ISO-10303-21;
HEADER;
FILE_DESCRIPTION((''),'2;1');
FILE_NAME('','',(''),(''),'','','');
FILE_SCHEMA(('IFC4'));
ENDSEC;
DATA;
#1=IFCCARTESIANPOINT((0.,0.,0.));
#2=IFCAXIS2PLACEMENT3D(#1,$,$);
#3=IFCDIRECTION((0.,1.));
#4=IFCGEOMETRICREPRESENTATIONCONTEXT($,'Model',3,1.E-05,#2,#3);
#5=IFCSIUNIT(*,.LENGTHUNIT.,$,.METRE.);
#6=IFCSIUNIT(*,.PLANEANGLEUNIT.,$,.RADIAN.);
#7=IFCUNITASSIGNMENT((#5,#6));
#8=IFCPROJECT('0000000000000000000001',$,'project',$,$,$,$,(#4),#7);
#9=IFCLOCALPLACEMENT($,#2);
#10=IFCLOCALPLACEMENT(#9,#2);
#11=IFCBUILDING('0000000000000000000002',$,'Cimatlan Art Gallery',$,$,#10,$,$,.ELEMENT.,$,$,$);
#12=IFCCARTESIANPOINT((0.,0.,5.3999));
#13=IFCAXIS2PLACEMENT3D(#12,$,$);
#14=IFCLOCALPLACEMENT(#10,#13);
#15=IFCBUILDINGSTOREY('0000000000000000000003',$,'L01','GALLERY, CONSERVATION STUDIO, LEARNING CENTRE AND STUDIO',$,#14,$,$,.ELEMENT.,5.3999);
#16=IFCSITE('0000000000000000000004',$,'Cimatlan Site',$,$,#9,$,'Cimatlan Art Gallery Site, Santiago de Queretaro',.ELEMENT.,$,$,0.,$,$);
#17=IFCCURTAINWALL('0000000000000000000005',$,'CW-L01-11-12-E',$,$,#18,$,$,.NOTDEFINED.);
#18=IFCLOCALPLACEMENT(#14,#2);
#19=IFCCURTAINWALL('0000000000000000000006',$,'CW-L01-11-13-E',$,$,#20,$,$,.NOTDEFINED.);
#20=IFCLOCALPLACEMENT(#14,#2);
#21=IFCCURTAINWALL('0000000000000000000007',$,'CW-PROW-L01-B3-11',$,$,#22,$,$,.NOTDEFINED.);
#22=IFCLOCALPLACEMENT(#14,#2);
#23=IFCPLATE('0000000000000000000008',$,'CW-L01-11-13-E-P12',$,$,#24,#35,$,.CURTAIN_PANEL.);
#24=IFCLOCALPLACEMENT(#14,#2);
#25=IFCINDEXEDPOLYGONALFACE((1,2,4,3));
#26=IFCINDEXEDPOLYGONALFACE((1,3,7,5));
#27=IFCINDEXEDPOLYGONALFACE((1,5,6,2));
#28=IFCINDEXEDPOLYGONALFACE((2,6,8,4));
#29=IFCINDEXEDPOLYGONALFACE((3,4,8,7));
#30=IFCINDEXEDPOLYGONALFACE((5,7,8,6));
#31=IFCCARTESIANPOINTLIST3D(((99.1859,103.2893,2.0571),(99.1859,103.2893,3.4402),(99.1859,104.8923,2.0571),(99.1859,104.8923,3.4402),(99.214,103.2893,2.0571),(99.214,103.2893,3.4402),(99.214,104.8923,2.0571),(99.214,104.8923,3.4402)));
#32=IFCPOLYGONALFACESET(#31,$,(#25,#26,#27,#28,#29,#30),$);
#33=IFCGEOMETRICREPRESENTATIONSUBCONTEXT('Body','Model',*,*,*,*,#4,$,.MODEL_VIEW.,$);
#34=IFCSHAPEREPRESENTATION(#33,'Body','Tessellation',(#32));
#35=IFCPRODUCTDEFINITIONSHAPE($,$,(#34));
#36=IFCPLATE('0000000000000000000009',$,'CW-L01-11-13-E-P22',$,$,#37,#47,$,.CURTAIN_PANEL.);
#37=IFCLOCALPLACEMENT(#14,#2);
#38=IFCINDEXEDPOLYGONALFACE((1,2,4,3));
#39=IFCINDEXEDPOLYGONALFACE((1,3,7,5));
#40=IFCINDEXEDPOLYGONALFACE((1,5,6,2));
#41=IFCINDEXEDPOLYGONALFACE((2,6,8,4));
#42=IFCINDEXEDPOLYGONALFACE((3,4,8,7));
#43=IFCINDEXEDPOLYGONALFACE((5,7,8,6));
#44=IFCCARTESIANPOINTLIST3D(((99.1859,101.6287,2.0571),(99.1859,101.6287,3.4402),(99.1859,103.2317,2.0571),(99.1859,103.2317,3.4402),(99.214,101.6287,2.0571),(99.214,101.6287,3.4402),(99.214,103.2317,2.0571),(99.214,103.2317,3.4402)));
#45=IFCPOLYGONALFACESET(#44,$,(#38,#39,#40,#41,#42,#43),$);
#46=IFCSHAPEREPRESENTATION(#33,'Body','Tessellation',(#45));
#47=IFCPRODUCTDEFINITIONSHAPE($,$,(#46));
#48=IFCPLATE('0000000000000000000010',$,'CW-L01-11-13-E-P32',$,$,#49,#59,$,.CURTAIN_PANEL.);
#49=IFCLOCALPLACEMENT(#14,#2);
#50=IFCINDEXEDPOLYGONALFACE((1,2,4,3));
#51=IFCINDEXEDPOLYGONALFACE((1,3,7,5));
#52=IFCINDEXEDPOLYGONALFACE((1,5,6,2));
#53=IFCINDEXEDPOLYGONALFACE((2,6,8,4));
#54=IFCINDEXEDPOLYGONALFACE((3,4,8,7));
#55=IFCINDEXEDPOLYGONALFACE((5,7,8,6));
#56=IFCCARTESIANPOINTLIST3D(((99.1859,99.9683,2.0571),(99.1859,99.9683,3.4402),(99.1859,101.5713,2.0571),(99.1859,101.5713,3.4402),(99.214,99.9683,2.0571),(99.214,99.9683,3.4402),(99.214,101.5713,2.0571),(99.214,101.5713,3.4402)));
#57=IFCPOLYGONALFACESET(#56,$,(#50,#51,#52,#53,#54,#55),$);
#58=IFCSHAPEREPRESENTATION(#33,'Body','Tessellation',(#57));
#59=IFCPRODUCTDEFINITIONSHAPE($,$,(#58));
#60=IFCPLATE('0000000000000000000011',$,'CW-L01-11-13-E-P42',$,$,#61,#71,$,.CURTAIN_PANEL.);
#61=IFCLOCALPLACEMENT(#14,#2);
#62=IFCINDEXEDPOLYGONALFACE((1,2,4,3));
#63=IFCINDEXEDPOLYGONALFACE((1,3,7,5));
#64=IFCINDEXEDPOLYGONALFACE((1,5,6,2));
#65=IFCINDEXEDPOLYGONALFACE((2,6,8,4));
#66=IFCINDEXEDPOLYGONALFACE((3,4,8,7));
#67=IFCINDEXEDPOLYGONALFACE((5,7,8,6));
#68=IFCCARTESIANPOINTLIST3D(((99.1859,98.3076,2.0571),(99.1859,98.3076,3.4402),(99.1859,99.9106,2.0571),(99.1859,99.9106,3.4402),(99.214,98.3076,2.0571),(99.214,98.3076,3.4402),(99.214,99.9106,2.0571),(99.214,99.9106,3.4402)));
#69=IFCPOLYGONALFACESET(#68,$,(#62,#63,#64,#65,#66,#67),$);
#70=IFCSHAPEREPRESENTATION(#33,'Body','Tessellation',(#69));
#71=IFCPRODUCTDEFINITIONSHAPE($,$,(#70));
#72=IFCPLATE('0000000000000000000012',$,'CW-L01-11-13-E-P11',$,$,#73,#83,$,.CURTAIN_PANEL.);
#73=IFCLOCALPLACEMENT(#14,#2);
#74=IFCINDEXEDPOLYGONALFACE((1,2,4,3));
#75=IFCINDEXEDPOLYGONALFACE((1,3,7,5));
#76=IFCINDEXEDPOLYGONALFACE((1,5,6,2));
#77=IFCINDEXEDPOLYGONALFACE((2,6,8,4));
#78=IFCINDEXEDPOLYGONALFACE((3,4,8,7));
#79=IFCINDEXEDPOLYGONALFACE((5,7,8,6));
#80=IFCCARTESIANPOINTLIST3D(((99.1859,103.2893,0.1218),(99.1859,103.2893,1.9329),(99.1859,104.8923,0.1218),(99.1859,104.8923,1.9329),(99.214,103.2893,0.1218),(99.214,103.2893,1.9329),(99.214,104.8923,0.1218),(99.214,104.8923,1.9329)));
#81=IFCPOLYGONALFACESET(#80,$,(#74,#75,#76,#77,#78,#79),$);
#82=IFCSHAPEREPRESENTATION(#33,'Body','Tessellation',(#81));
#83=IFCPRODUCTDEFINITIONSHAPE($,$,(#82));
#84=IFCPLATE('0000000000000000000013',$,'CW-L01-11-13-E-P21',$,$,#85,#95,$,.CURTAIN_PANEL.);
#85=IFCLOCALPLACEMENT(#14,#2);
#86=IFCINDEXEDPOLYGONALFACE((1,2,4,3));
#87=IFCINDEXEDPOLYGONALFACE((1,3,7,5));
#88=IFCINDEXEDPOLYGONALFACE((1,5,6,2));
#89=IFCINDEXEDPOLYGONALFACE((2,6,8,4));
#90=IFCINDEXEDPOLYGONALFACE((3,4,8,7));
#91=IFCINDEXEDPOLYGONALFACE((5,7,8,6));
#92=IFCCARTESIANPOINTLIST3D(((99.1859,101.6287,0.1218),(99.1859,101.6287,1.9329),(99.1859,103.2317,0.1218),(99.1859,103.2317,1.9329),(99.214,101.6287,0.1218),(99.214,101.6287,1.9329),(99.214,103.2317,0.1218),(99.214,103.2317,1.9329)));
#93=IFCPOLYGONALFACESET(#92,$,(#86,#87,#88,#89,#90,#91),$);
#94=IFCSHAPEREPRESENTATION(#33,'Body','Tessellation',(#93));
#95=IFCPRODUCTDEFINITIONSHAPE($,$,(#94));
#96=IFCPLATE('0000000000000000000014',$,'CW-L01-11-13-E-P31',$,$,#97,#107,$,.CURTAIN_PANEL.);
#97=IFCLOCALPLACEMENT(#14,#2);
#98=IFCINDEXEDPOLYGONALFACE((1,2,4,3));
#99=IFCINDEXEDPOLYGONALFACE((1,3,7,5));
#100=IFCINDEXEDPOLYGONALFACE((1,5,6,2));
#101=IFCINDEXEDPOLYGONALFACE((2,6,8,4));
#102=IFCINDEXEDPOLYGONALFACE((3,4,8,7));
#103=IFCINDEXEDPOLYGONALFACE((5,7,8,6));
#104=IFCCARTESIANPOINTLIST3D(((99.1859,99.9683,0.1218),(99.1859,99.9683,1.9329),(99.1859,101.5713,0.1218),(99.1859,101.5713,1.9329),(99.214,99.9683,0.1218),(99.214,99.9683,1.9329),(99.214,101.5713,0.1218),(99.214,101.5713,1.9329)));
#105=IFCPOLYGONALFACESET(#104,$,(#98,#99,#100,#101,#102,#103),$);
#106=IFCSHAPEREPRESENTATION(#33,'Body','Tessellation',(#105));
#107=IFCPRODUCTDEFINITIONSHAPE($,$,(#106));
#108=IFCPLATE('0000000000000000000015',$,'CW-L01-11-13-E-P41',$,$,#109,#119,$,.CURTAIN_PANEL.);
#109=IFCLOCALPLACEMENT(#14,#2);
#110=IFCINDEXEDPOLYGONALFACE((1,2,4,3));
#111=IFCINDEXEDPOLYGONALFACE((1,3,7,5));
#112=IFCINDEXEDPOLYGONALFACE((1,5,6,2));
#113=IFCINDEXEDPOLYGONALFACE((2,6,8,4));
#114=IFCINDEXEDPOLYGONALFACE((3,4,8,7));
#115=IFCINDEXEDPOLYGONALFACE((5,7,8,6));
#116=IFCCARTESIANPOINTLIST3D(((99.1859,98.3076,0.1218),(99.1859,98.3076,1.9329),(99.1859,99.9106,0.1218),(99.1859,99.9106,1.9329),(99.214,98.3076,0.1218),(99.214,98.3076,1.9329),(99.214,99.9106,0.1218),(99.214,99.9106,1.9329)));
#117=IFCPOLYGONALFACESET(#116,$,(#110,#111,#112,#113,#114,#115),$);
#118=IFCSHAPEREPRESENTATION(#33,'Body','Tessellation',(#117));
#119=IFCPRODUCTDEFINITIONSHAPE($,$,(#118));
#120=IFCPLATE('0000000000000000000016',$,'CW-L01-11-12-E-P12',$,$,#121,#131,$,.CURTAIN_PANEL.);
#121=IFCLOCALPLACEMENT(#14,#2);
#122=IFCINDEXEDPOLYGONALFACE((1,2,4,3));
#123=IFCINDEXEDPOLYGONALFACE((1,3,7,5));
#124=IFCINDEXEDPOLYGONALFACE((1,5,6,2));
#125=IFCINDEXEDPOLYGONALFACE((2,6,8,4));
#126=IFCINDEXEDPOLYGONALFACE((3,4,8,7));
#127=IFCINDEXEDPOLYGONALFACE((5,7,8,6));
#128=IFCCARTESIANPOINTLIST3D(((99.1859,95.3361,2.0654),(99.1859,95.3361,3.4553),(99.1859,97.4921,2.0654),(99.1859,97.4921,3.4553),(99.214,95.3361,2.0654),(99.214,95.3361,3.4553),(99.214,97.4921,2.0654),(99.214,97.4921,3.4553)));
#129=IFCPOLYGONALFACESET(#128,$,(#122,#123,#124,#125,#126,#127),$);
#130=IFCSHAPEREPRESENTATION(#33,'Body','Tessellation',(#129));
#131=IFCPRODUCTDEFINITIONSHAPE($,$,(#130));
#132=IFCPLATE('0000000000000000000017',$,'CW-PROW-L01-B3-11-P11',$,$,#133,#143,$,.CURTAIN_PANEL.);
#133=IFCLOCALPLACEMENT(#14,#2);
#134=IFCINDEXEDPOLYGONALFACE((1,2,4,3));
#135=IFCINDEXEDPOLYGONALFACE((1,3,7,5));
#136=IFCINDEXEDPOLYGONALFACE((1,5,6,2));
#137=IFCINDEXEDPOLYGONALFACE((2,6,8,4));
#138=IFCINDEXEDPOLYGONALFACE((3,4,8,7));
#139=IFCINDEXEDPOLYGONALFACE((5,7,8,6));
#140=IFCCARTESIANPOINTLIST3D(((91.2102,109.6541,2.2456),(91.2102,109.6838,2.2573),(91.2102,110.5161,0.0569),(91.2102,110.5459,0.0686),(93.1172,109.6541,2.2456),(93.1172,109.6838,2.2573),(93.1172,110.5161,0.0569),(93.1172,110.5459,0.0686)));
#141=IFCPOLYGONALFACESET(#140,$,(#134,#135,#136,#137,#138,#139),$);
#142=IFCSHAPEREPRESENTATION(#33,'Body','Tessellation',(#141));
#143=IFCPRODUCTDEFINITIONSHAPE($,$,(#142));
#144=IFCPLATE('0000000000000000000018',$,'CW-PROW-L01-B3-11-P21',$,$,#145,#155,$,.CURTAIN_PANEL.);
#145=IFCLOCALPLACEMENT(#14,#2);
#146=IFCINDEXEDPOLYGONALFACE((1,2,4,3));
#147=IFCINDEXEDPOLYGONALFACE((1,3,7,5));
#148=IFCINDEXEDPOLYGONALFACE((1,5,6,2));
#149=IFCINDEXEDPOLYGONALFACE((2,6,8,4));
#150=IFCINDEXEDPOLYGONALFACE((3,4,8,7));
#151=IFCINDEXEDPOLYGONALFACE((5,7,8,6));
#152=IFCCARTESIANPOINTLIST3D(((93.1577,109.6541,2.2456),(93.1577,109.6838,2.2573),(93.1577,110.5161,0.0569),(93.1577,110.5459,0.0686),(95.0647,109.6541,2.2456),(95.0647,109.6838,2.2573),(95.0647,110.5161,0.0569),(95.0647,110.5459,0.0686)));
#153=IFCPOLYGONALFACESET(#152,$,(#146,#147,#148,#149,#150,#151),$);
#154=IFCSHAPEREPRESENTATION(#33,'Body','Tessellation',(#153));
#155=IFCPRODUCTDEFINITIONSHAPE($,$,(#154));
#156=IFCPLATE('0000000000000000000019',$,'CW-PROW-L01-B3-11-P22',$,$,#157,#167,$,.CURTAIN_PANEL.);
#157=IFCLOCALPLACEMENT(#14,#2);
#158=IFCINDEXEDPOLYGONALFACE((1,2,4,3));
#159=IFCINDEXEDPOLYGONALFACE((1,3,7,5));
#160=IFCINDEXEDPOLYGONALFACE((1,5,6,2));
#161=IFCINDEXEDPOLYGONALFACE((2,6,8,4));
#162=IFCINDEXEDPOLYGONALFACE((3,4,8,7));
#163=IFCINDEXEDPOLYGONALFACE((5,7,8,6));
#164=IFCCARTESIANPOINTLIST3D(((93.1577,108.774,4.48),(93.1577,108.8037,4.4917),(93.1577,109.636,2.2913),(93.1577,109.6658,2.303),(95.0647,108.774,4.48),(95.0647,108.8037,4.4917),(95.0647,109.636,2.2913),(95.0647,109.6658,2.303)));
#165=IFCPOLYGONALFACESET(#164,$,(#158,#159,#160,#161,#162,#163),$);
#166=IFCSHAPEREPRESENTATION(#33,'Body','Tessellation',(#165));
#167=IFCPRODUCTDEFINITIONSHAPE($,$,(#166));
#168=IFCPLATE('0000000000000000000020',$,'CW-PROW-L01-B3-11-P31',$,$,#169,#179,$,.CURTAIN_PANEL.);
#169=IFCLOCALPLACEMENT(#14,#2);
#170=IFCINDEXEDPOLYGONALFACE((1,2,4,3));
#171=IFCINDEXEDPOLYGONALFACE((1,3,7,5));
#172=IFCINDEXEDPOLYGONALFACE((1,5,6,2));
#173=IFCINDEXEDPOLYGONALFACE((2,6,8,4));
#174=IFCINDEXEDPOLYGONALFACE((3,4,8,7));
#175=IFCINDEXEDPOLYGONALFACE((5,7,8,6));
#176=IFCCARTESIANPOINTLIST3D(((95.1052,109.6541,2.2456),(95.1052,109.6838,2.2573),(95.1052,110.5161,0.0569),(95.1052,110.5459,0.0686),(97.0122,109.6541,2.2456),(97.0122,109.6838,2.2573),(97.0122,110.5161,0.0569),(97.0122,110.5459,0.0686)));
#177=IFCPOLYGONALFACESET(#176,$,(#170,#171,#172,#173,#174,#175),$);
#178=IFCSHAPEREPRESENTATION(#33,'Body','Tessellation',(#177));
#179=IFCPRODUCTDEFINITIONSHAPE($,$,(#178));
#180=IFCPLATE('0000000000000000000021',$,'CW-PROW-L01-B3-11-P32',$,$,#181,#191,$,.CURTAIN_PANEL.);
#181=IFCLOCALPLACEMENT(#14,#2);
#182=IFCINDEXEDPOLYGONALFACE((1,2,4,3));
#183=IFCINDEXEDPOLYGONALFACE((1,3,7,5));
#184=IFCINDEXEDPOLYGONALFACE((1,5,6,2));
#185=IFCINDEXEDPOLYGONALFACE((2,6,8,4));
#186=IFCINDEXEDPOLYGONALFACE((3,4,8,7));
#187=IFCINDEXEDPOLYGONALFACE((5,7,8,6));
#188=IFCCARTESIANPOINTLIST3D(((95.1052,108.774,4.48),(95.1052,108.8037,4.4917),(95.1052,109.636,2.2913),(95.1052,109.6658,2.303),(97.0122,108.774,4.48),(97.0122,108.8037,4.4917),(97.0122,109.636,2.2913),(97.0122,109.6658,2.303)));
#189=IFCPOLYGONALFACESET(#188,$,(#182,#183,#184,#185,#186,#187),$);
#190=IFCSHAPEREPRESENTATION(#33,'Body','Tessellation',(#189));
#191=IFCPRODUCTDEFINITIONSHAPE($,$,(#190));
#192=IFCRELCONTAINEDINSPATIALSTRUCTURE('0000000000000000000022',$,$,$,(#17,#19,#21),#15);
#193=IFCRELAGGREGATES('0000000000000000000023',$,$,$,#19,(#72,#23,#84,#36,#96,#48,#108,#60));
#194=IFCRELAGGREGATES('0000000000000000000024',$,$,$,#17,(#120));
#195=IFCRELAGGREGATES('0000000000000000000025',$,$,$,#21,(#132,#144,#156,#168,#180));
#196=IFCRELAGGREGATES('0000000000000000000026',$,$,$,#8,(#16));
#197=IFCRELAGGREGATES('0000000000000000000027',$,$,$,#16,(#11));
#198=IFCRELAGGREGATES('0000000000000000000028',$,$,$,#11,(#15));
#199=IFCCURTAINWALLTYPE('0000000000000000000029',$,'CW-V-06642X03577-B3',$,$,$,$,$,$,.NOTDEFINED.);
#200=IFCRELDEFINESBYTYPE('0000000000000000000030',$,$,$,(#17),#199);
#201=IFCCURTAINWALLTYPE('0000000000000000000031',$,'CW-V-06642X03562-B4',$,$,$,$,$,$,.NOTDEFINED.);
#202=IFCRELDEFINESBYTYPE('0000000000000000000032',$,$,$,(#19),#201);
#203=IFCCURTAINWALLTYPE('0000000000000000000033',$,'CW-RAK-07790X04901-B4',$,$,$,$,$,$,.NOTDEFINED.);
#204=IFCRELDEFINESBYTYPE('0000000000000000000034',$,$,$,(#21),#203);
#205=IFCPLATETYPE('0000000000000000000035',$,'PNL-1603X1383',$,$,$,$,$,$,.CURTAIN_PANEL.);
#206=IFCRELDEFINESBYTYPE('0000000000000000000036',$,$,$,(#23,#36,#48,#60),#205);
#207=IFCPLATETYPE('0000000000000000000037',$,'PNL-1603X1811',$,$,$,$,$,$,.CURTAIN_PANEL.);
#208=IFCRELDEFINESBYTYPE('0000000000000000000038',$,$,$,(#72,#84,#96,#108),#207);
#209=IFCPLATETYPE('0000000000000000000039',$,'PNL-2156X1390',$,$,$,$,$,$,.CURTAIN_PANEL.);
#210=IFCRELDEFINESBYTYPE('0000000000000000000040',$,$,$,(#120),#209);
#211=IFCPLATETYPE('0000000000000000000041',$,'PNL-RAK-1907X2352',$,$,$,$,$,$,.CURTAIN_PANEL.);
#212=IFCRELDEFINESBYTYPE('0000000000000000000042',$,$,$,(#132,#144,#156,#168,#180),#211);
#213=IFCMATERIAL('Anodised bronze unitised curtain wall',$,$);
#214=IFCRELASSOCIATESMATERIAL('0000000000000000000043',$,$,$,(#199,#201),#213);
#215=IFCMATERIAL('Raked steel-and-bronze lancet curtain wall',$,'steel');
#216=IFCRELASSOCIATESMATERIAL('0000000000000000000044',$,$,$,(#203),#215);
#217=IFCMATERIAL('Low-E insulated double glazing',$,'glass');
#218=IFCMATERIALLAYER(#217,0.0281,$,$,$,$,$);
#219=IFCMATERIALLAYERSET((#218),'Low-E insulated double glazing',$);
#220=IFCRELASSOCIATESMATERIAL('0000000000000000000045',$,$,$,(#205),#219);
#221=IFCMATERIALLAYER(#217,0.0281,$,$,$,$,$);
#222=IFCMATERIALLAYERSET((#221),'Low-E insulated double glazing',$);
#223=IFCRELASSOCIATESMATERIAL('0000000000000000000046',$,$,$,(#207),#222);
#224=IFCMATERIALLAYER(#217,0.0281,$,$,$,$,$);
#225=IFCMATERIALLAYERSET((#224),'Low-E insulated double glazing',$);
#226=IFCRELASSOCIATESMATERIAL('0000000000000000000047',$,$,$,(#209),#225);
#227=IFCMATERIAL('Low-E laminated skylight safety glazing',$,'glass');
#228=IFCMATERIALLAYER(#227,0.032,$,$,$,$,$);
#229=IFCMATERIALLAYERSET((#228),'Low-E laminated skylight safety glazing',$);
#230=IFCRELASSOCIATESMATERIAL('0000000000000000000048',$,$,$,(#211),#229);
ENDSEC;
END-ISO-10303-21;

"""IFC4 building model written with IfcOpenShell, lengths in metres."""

from ifc_helpers import new_model, si_unit, direction, frame, origin, origin_2d, place, context, subcontext, project, spatial, polyline, rectangle, outline, extrude, material, layer, layer_set, type_object, element, aggregate, save


model = new_model("IFC4")

# Units and contexts
model_context = context("Model", 3, precision=1e-05, world=origin(), true_north=direction((0.0, 1.0)))
body_context = subcontext(model_context, "Body", "Model", "MODEL_VIEW")
ifc_project = project(units=[si_unit("LENGTHUNIT", "METRE"), si_unit("PLANEANGLEUNIT", "RADIAN")], contexts=[model_context])

# Site, building, storey
site_placement = place(None, origin())
site = spatial("IfcSite", under=ifc_project, at=site_placement, Name="Cimatlan Site", LongName="Cimatlan Art Gallery Site, Santiago de Queretaro", CompositionType="ELEMENT", RefElevation=0.0)
building_placement = place(site_placement, origin())
building = spatial("IfcBuilding", under=site, at=building_placement, Name="Cimatlan Art Gallery", CompositionType="ELEMENT")
storey_placement = place(building_placement, frame((0.0, 0.0, 5.3999)))
storey = spatial("IfcBuildingStorey", under=building, at=storey_placement, Name="L01", Description="GALLERY, CONSERVATION STUDIO, LEARNING CENTRE AND STUDIO", CompositionType="ELEMENT", Elevation=5.3999)

# Curtain wall
ifc_material_1 = material(Name="Anodised bronze unitised curtain wall")
curtain_wall_type_1 = type_object("IfcCurtainWallType", Name="CW-V-06642X03577-B3", PredefinedType="NOTDEFINED", material=ifc_material_1)
curtain_wall_1_placement = place(storey_placement, origin())
curtain_wall_1 = element("IfcCurtainWall", 1, at=curtain_wall_1_placement, inside=storey, type_object=curtain_wall_type_1, Name="CW-L01-11-12-E", PredefinedType="NOTDEFINED")

# Curtain walls
curtain_wall_type_2 = type_object("IfcCurtainWallType", Name="CW-V-06642X03562-B4", PredefinedType="NOTDEFINED", material=ifc_material_1)
curtain_wall_2_placement = place(storey_placement, origin())
curtain_wall_2 = element("IfcCurtainWall", 2, at=curtain_wall_2_placement, inside=storey, type_object=curtain_wall_type_2, Name="CW-L01-11-13-E", PredefinedType="NOTDEFINED")
ifc_material_2 = material(Name="Raked steel-and-bronze lancet curtain wall", Category="steel")
curtain_wall_type_3 = type_object("IfcCurtainWallType", Name="CW-RAK-07790X04901-B4", PredefinedType="NOTDEFINED", material=ifc_material_2)
curtain_wall_3_placement = place(storey_placement, origin())
curtain_wall_3 = element("IfcCurtainWall", 3, at=curtain_wall_3_placement, inside=storey, type_object=curtain_wall_type_3, Name="CW-PROW-L01-B3-11", PredefinedType="NOTDEFINED")

# Plates
ifc_material_3 = material(Name="Low-E insulated double glazing", Category="glass")
ifc_layer_1 = layer(ifc_material_3, 0.0281)
ifc_layer_set_1 = layer_set([ifc_layer_1], Name="Low-E insulated double glazing")
plate_type_1 = type_object("IfcPlateType", Name="PNL-1603X1383", PredefinedType="CURTAIN_PANEL", material=ifc_layer_set_1)
plate_1_placement = place(storey_placement, frame((99.2, 104.0908, 2.0571), z_axis=(0.0, 0.0, 1.0), x_axis=(0.0, -1.0, 0.0)))
plate_1 = element("IfcPlate", 4, at=plate_1_placement, type_object=plate_type_1, Name="CW-L01-11-13-E-P12", PredefinedType="CURTAIN_PANEL", context=body_context, shape_type="SweptSolid", body=[
    extrude(rectangle(XDim=1.603, YDim=0.0281, at=origin_2d()), origin(), (0.0, 0.0, 1.0), 1.3831),
])
plate_2_placement = place(storey_placement, frame((99.2, 102.4302, 2.0571), z_axis=(0.0, 0.0, 1.0), x_axis=(0.0, -1.0, 0.0)))
plate_2 = element("IfcPlate", 5, at=plate_2_placement, type_object=plate_type_1, Name="CW-L01-11-13-E-P22", PredefinedType="CURTAIN_PANEL", context=body_context, shape_type="SweptSolid", body=[
    extrude(rectangle(XDim=1.603, YDim=0.0281, at=origin_2d()), origin(), (0.0, 0.0, 1.0), 1.3831),
])
plate_3_placement = place(storey_placement, frame((99.2, 100.7698, 2.0571), z_axis=(0.0, 0.0, 1.0), x_axis=(0.0, -1.0, 0.0)))
plate_3 = element("IfcPlate", 6, at=plate_3_placement, type_object=plate_type_1, Name="CW-L01-11-13-E-P32", PredefinedType="CURTAIN_PANEL", context=body_context, shape_type="SweptSolid", body=[
    extrude(rectangle(XDim=1.603, YDim=0.0281, at=origin_2d()), origin(), (0.0, 0.0, 1.0), 1.3831),
])
plate_4_placement = place(storey_placement, frame((99.2, 99.1091, 2.0571), z_axis=(0.0, 0.0, 1.0), x_axis=(0.0, -1.0, 0.0)))
plate_4 = element("IfcPlate", 7, at=plate_4_placement, type_object=plate_type_1, Name="CW-L01-11-13-E-P42", PredefinedType="CURTAIN_PANEL", context=body_context, shape_type="SweptSolid", body=[
    extrude(rectangle(XDim=1.603, YDim=0.0281, at=origin_2d()), origin(), (0.0, 0.0, 1.0), 1.3831),
])
ifc_layer_2 = layer(ifc_material_3, 0.0281)
ifc_layer_set_2 = layer_set([ifc_layer_2], Name="Low-E insulated double glazing")
plate_type_2 = type_object("IfcPlateType", Name="PNL-1603X1811", PredefinedType="CURTAIN_PANEL", material=ifc_layer_set_2)
plate_5_placement = place(storey_placement, frame((99.2, 104.0908, 0.1218), z_axis=(0.0, 0.0, 1.0), x_axis=(0.0, -1.0, 0.0)))
plate_5 = element("IfcPlate", 8, at=plate_5_placement, type_object=plate_type_2, Name="CW-L01-11-13-E-P11", PredefinedType="CURTAIN_PANEL", context=body_context, shape_type="SweptSolid", body=[
    extrude(rectangle(XDim=1.603, YDim=0.0281, at=origin_2d()), origin(), (0.0, 0.0, 1.0), 1.811),
])
plate_6_placement = place(storey_placement, frame((99.2, 102.4302, 0.1218), z_axis=(0.0, 0.0, 1.0), x_axis=(0.0, -1.0, 0.0)))
plate_6 = element("IfcPlate", 9, at=plate_6_placement, type_object=plate_type_2, Name="CW-L01-11-13-E-P21", PredefinedType="CURTAIN_PANEL", context=body_context, shape_type="SweptSolid", body=[
    extrude(rectangle(XDim=1.603, YDim=0.0281, at=origin_2d()), origin(), (0.0, 0.0, 1.0), 1.811),
])
plate_7_placement = place(storey_placement, frame((99.2, 100.7698, 0.1218), z_axis=(0.0, 0.0, 1.0), x_axis=(0.0, -1.0, 0.0)))
plate_7 = element("IfcPlate", 10, at=plate_7_placement, type_object=plate_type_2, Name="CW-L01-11-13-E-P31", PredefinedType="CURTAIN_PANEL", context=body_context, shape_type="SweptSolid", body=[
    extrude(rectangle(XDim=1.603, YDim=0.0281, at=origin_2d()), origin(), (0.0, 0.0, 1.0), 1.811),
])
plate_8_placement = place(storey_placement, frame((99.2, 99.1091, 0.1218), z_axis=(0.0, 0.0, 1.0), x_axis=(0.0, -1.0, 0.0)))
plate_8 = element("IfcPlate", 11, at=plate_8_placement, type_object=plate_type_2, Name="CW-L01-11-13-E-P41", PredefinedType="CURTAIN_PANEL", context=body_context, shape_type="SweptSolid", body=[
    extrude(rectangle(XDim=1.603, YDim=0.0281, at=origin_2d()), origin(), (0.0, 0.0, 1.0), 1.811),
])
aggregate(curtain_wall_2, [plate_5, plate_1, plate_6, plate_2, plate_7, plate_3, plate_8, plate_4])
ifc_layer_3 = layer(ifc_material_3, 0.0281)
ifc_layer_set_3 = layer_set([ifc_layer_3], Name="Low-E insulated double glazing")
plate_type_3 = type_object("IfcPlateType", Name="PNL-2156X1390", PredefinedType="CURTAIN_PANEL", material=ifc_layer_set_3)
plate_9_placement = place(storey_placement, frame((99.2, 96.4141, 2.0654), z_axis=(0.0, 0.0, 1.0), x_axis=(0.0, -1.0, 0.0)))
plate_9 = element("IfcPlate", 12, at=plate_9_placement, type_object=plate_type_3, Name="CW-L01-11-12-E-P12", PredefinedType="CURTAIN_PANEL", context=body_context, shape_type="SweptSolid", body=[
    extrude(rectangle(XDim=2.156, YDim=0.0281, at=origin_2d()), origin(), (0.0, 0.0, 1.0), 1.3899),
])
aggregate(curtain_wall_1, [plate_9])
ifc_material_4 = material(Name="Low-E laminated skylight safety glazing", Category="glass")
ifc_layer_4 = layer(ifc_material_4, 0.032)
ifc_layer_set_4 = layer_set([ifc_layer_4], Name="Low-E laminated skylight safety glazing")
plate_type_4 = type_object("IfcPlateType", Name="PNL-RAK-1907X2352", PredefinedType="CURTAIN_PANEL", material=ifc_layer_set_4)
plate_10_placement = place(storey_placement, frame((91.2102, 110.5459, 0.0686), z_axis=(0.0, 0.930432, 0.366465), x_axis=(1.0, 0.0, 0.0)))
plate_10 = element("IfcPlate", 13, at=plate_10_placement, type_object=plate_type_4, Name="CW-PROW-L01-B3-11-P11", PredefinedType="CURTAIN_PANEL", context=body_context, shape_type="SweptSolid", body=[
    extrude(outline(polyline([(0.0, 0.0), (1.907, 0.0), (1.907, -2.3524), (0.0, -2.3524), (0.0, 0.0)])), origin(), (0.0, 0.0, -1.0), 0.032),
])
plate_11_placement = place(storey_placement, frame((93.1577, 110.5459, 0.0686), z_axis=(0.0, 0.930432, 0.366465), x_axis=(1.0, 0.0, 0.0)))
plate_11 = element("IfcPlate", 14, at=plate_11_placement, type_object=plate_type_4, Name="CW-PROW-L01-B3-11-P21", PredefinedType="CURTAIN_PANEL", context=body_context, shape_type="SweptSolid", body=[
    extrude(outline(polyline([(0.0, 0.0), (1.907, 0.0), (1.907, -2.3524), (0.0, -2.3524), (0.0, 0.0)])), origin(), (0.0, 0.0, -1.0), 0.032),
])
plate_12_placement = place(storey_placement, frame((93.1577, 109.6658, 2.303), z_axis=(0.0, 0.930432, 0.366465), x_axis=(1.0, 0.0, 0.0)))
plate_12 = element("IfcPlate", 15, at=plate_12_placement, type_object=plate_type_4, Name="CW-PROW-L01-B3-11-P22", PredefinedType="CURTAIN_PANEL", context=body_context, shape_type="SweptSolid", body=[
    extrude(outline(polyline([(0.0, 0.0), (1.907, 0.0), (1.907, -2.3524), (0.0, -2.3524), (0.0, 0.0)])), origin(), (0.0, 0.0, -1.0), 0.032),
])
plate_13_placement = place(storey_placement, frame((95.1052, 110.5459, 0.0686), z_axis=(0.0, 0.930432, 0.366465), x_axis=(1.0, 0.0, 0.0)))
plate_13 = element("IfcPlate", 16, at=plate_13_placement, type_object=plate_type_4, Name="CW-PROW-L01-B3-11-P31", PredefinedType="CURTAIN_PANEL", context=body_context, shape_type="SweptSolid", body=[
    extrude(outline(polyline([(0.0, 0.0), (1.907, 0.0), (1.907, -2.3524), (0.0, -2.3524), (0.0, 0.0)])), origin(), (0.0, 0.0, -1.0), 0.032),
])
plate_14_placement = place(storey_placement, frame((95.1052, 109.6658, 2.303), z_axis=(0.0, 0.930432, 0.366465), x_axis=(1.0, 0.0, 0.0)))
plate_14 = element("IfcPlate", 17, at=plate_14_placement, type_object=plate_type_4, Name="CW-PROW-L01-B3-11-P32", PredefinedType="CURTAIN_PANEL", context=body_context, shape_type="SweptSolid", body=[
    extrude(outline(polyline([(0.0, 0.0), (1.907, 0.0), (1.907, -2.3524), (0.0, -2.3524), (0.0, 0.0)])), origin(), (0.0, 0.0, -1.0), 0.032),
])
aggregate(curtain_wall_3, [plate_10, plate_11, plate_12, plate_13, plate_14])

save(model, "model.ifc")
